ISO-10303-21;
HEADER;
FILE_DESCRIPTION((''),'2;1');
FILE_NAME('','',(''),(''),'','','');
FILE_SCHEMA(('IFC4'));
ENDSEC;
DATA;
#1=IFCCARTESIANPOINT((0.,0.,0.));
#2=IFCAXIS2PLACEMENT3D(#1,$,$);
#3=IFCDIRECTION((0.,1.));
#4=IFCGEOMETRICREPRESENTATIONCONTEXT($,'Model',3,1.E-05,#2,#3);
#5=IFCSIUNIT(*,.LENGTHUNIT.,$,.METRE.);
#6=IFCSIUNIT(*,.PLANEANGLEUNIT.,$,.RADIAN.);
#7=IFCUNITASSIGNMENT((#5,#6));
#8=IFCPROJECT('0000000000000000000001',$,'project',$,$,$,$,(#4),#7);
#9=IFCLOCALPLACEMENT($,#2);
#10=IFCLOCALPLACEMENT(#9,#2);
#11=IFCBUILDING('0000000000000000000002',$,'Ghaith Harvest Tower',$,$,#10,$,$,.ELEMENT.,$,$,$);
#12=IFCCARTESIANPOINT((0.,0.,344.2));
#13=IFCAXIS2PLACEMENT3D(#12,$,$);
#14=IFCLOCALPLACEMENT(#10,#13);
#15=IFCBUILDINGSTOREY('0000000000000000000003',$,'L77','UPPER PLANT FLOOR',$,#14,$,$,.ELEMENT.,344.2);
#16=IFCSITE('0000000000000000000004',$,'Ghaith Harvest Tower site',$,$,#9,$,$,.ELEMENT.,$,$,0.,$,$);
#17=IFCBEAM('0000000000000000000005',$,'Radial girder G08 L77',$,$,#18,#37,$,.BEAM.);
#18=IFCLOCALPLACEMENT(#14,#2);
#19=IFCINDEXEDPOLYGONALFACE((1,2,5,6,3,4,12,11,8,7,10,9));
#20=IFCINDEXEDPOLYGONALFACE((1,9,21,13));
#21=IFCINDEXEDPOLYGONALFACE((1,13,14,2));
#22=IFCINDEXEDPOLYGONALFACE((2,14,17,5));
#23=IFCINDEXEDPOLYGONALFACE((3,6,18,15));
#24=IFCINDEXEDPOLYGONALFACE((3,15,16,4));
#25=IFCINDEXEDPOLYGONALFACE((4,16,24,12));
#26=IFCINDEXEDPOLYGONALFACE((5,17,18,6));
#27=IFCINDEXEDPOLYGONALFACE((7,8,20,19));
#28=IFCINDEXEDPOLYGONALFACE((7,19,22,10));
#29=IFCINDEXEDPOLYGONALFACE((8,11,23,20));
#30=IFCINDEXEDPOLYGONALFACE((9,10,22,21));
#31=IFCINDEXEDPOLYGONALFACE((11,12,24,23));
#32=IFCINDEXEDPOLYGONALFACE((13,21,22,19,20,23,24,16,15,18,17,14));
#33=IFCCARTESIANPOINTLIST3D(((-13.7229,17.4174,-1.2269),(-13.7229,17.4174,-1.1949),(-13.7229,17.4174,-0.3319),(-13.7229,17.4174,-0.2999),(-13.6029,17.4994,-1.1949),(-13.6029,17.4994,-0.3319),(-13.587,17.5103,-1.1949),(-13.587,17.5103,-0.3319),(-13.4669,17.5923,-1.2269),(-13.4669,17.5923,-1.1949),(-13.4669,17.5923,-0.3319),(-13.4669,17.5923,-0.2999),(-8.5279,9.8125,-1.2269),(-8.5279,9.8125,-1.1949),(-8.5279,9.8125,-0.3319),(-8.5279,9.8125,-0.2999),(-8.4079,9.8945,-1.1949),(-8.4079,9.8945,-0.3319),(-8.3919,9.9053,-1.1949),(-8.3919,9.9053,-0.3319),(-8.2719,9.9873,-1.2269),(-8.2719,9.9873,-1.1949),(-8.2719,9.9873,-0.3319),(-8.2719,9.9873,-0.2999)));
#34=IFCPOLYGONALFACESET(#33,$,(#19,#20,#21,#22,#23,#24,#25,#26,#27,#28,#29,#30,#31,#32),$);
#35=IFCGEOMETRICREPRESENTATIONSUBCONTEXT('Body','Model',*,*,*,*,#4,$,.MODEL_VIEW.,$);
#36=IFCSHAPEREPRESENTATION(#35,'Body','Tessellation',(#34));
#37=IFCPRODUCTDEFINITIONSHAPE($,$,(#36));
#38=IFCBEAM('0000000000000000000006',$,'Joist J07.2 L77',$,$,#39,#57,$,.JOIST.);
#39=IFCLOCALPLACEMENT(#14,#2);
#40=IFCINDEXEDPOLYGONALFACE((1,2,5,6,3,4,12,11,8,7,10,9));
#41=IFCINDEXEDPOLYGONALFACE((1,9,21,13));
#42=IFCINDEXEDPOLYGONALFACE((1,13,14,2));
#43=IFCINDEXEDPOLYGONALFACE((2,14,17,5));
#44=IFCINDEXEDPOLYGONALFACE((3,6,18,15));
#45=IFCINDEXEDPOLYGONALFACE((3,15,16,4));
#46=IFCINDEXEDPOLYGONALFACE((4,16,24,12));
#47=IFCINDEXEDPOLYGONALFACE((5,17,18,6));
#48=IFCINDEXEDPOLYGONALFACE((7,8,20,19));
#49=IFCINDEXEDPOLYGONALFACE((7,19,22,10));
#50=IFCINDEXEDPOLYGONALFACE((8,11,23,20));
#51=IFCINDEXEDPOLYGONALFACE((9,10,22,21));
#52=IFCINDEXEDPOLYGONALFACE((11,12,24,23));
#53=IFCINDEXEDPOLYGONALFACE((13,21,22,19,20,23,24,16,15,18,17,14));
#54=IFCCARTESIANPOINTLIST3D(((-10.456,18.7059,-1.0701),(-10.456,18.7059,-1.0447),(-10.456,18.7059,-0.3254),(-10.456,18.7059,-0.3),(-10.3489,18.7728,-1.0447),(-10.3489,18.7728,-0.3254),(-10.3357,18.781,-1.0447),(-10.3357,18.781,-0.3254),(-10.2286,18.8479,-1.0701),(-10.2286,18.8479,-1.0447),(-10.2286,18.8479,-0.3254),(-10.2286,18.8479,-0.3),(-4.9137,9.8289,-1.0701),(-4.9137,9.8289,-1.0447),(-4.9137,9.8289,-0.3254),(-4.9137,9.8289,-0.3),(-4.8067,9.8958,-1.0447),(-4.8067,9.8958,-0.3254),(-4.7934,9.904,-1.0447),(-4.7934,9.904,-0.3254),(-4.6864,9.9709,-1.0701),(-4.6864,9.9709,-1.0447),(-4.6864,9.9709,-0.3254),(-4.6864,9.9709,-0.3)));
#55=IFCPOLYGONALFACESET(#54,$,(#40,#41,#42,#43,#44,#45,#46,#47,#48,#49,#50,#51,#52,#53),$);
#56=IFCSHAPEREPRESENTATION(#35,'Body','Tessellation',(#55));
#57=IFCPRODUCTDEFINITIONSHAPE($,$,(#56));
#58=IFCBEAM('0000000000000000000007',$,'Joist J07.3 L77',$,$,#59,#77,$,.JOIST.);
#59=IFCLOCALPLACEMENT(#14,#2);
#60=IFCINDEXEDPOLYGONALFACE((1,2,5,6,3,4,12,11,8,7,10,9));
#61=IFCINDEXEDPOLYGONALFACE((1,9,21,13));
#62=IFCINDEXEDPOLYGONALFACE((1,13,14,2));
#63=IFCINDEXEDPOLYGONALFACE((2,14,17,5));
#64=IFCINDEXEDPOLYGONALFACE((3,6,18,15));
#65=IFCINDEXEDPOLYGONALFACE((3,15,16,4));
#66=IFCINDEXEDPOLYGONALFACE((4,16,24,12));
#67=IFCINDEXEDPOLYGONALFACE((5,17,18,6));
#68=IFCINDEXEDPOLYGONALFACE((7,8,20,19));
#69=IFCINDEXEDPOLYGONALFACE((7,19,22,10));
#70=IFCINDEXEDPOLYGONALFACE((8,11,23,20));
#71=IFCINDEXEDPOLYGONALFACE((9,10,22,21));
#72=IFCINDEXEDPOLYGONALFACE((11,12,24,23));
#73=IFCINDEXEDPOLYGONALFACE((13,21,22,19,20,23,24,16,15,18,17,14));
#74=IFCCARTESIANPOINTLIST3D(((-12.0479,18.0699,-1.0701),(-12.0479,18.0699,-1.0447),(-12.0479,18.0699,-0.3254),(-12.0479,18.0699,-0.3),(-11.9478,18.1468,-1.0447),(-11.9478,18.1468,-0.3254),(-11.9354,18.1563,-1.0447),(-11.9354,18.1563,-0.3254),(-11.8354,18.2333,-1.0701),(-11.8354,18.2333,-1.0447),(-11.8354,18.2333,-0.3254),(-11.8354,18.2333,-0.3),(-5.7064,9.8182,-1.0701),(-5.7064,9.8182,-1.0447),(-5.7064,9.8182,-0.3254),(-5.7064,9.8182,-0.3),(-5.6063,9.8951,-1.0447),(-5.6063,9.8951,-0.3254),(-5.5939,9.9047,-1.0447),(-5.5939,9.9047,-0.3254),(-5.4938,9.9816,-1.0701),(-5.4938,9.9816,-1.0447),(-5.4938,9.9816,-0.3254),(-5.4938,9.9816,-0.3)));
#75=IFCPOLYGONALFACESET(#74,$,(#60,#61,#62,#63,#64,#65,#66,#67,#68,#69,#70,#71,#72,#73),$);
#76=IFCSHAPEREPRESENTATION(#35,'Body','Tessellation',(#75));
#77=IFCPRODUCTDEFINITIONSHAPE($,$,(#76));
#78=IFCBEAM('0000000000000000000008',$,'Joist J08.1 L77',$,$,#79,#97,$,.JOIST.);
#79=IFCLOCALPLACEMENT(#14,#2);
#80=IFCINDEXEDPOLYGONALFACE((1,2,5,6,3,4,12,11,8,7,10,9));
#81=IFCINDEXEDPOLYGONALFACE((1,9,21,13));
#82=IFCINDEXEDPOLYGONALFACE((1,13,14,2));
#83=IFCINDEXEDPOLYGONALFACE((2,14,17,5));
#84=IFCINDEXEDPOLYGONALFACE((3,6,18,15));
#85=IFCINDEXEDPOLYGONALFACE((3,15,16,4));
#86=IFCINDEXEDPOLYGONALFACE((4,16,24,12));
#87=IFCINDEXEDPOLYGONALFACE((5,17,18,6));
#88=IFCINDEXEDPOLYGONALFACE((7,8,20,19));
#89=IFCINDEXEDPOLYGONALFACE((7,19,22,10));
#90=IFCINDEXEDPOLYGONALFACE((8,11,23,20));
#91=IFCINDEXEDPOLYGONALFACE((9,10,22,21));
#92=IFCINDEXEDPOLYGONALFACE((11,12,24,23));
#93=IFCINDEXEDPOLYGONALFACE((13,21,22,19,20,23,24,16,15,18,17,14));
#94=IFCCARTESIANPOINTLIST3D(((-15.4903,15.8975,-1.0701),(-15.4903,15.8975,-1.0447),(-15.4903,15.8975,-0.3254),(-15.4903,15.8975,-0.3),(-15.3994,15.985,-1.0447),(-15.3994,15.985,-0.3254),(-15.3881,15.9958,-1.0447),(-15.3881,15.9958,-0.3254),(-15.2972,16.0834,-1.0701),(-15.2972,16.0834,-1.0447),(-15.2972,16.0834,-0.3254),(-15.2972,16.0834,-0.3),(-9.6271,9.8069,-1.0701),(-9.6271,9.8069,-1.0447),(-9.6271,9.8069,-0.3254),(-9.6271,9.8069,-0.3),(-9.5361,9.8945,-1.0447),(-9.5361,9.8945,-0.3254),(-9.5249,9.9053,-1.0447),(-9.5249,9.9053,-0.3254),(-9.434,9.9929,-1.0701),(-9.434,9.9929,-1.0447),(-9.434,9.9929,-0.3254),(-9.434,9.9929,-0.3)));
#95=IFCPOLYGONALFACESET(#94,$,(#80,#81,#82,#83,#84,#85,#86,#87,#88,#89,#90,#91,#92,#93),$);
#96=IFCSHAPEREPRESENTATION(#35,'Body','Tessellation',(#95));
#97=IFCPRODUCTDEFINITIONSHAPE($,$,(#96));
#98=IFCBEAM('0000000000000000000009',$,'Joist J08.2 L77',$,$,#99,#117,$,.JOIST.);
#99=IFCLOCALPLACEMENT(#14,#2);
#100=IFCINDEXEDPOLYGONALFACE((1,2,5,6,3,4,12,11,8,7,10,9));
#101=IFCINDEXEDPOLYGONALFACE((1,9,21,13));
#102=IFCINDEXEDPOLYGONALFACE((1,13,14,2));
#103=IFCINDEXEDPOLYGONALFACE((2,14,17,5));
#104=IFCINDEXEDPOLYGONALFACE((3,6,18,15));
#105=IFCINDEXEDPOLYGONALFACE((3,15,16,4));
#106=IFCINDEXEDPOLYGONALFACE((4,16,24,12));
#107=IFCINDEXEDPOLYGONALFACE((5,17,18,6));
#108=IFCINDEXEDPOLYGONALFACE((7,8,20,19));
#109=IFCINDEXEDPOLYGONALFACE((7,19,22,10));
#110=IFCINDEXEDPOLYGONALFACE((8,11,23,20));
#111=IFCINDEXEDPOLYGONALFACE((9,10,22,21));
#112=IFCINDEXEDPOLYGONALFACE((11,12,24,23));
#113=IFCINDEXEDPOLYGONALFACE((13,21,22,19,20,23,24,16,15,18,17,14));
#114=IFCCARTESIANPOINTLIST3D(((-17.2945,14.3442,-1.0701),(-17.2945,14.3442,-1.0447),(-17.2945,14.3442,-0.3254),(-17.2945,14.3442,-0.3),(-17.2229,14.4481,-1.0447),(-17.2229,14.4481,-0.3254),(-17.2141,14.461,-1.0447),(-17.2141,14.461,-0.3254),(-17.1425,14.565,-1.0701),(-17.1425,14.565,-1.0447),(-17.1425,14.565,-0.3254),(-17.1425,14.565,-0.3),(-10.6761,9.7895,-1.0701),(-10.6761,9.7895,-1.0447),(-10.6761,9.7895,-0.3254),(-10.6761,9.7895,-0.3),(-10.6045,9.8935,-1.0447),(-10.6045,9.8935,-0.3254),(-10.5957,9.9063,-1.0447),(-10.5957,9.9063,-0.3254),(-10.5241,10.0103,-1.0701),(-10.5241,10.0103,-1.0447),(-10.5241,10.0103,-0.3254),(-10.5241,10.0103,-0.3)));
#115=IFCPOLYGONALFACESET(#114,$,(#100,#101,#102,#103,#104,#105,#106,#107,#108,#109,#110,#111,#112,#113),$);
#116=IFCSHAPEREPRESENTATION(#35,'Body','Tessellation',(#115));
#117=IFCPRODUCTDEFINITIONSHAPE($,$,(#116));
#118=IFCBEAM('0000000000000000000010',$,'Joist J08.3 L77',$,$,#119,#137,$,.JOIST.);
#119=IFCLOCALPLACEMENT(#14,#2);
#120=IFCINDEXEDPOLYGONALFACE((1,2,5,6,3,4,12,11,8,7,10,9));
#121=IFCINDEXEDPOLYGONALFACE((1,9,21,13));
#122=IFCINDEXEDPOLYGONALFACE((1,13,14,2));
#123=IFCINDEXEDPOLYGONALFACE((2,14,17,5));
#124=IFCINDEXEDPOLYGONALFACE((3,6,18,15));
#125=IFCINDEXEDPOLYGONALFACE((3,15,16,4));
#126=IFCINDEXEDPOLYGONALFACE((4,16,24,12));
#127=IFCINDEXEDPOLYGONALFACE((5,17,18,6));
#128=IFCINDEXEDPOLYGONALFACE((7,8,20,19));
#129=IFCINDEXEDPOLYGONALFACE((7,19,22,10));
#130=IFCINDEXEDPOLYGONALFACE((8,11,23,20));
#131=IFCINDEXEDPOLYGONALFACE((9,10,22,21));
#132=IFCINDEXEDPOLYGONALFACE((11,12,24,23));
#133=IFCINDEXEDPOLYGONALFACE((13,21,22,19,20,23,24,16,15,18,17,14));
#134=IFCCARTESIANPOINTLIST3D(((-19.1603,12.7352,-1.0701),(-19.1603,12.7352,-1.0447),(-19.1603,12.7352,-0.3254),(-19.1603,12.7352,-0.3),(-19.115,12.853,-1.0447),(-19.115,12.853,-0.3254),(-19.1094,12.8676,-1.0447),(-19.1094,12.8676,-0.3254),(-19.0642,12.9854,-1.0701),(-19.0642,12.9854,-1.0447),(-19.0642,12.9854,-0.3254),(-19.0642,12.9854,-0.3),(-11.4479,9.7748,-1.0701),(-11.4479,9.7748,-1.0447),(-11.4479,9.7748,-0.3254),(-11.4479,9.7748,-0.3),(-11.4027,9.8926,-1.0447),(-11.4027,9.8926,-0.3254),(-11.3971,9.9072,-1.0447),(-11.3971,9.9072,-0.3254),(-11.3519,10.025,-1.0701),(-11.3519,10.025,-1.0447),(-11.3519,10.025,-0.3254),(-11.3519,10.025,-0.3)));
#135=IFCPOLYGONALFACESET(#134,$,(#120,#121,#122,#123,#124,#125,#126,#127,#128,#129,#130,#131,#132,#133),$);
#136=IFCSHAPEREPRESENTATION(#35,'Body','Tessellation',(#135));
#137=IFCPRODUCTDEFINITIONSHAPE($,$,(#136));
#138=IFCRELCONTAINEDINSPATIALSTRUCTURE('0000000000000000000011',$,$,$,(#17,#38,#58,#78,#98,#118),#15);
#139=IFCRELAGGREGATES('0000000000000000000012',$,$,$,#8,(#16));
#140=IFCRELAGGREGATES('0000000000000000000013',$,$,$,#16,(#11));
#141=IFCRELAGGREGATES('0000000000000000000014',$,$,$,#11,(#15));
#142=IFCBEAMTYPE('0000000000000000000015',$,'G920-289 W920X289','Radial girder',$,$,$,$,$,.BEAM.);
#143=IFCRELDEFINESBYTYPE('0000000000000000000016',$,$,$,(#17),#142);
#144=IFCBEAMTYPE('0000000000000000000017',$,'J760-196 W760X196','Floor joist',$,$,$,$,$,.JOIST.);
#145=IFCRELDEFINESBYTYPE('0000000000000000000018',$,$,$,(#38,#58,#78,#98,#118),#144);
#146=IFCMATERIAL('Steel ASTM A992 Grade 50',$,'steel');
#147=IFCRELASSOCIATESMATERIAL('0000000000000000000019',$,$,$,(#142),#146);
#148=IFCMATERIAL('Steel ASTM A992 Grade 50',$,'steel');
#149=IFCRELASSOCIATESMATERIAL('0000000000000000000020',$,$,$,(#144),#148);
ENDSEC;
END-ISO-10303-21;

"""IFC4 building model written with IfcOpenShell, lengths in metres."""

from ifc_helpers import new_model, si_unit, direction, frame, origin, origin_2d, place, context, subcontext, project, spatial, i_section, extrude, material, material_profile, profile_set, type_object, element, save


model = new_model("IFC4")

# Units and contexts
model_context = context("Model", 3, precision=1e-05, world=origin(), true_north=direction((0.0, 1.0)))
body_context = subcontext(model_context, "Body", "Model", "MODEL_VIEW")
ifc_project = project(units=[si_unit("LENGTHUNIT", "METRE"), si_unit("PLANEANGLEUNIT", "RADIAN")], contexts=[model_context])

# Site, building, storey
site_placement = place(None, origin())
site = spatial("IfcSite", under=ifc_project, at=site_placement, Name="Ghaith Harvest Tower site", CompositionType="ELEMENT", RefElevation=0.0)
building_placement = place(site_placement, origin())
building = spatial("IfcBuilding", under=site, at=building_placement, Name="Ghaith Harvest Tower", CompositionType="ELEMENT")
storey_placement = place(building_placement, frame((0.0, 0.0, 344.2)))
storey = spatial("IfcBuildingStorey", under=building, at=storey_placement, Name="L77", Description="UPPER PLANT FLOOR", CompositionType="ELEMENT", Elevation=344.2)

# Beams
ifc_material_1 = material(Name="Steel ASTM A992 Grade 50", Category="steel")
ifc_material_profile_1 = material_profile(ifc_material_1, i_section(OverallWidth=0.3101, OverallDepth=0.927, WebThickness=0.0193, FlangeThickness=0.032, at=origin_2d()), Name="W920X289")
ifc_profile_set_1 = profile_set([ifc_material_profile_1], Name="Steel ASTM A992 Grade 50")
beam_type_1 = type_object("IfcBeamType", Name="G920-289 W920X289", Description="Radial girder", PredefinedType="BEAM", material=ifc_profile_set_1)
beam_1_placement = place(storey_placement, frame((-8.3999, 9.8999, -0.7634), z_axis=(-0.564067, 0.825729, 0.0), x_axis=(-0.825729, -0.564067, 0.0)))
element("IfcBeam", 1, at=beam_1_placement, inside=storey, type_object=beam_type_1, Name="Radial girder G08 L77", PredefinedType="BEAM", context=body_context, shape_type="SweptSolid", body=[
    extrude(i_section(OverallWidth=0.3101, OverallDepth=0.927, WebThickness=0.0193, FlangeThickness=0.032, at=origin_2d()), origin(), (0.0, 0.0, 1.0), 9.21),
])
ifc_material_2 = material(Name="Steel ASTM A992 Grade 50", Category="steel")
ifc_material_profile_2 = material_profile(ifc_material_2, i_section(OverallWidth=0.2681, OverallDepth=0.77, WebThickness=0.0156, FlangeThickness=0.0254, at=origin_2d()), Name="W760X196")
ifc_profile_set_2 = profile_set([ifc_material_profile_2], Name="Steel ASTM A992 Grade 50")
beam_type_2 = type_object("IfcBeamType", Name="J760-196 W760X196", Description="Floor joist", PredefinedType="JOIST", material=ifc_profile_set_2)
beam_2_placement = place(storey_placement, frame((-4.8, 9.8999, -0.6851), z_axis=(-0.529596, 0.84825, 0.0), x_axis=(-0.84825, -0.529596, 0.0)))
element("IfcBeam", 2, at=beam_2_placement, inside=storey, type_object=beam_type_2, Name="Joist J07.2 L77", PredefinedType="JOIST", context=body_context, shape_type="SweptSolid", body=[
    extrude(i_section(OverallWidth=0.2681, OverallDepth=0.77, WebThickness=0.0156, FlangeThickness=0.0254, at=origin_2d()), origin(), (0.0, 0.0, 1.0), 10.4651),
])
beam_3_placement = place(storey_placement, frame((-5.6001, 9.8999, -0.6851), z_axis=(-0.609354, 0.792899, 0.0), x_axis=(-0.792899, -0.609354, 0.0)))
element("IfcBeam", 3, at=beam_3_placement, inside=storey, type_object=beam_type_2, Name="Joist J07.3 L77", PredefinedType="JOIST", context=body_context, shape_type="SweptSolid", body=[
    extrude(i_section(OverallWidth=0.2681, OverallDepth=0.77, WebThickness=0.0156, FlangeThickness=0.0254, at=origin_2d()), origin(), (0.0, 0.0, 1.0), 10.407),
])
beam_4_placement = place(storey_placement, frame((-9.5305, 9.8999, -0.6851), z_axis=(-0.693536, 0.720422, 0.0), x_axis=(-0.720422, -0.693536, 0.0)))
element("IfcBeam", 4, at=beam_4_placement, inside=storey, type_object=beam_type_2, Name="Joist J08.1 L77", PredefinedType="JOIST", context=body_context, shape_type="SweptSolid", body=[
    extrude(i_section(OverallWidth=0.2681, OverallDepth=0.77, WebThickness=0.0156, FlangeThickness=0.0254, at=origin_2d()), origin(), (0.0, 0.0, 1.0), 8.4541),
])
beam_5_placement = place(storey_placement, frame((-10.6001, 9.8999, -0.6851), z_axis=(-0.823779, 0.566912, 0.0), x_axis=(-0.566912, -0.823779, 0.0)))
element("IfcBeam", 5, at=beam_5_placement, inside=storey, type_object=beam_type_2, Name="Joist J08.2 L77", PredefinedType="JOIST", context=body_context, shape_type="SweptSolid", body=[
    extrude(i_section(OverallWidth=0.2681, OverallDepth=0.77, WebThickness=0.0156, FlangeThickness=0.0254, at=origin_2d()), origin(), (0.0, 0.0, 1.0), 8.0342),
])
beam_6_placement = place(storey_placement, frame((-11.3999, 9.8999, -0.6851), z_axis=(-0.933583, 0.358361, 0.0), x_axis=(-0.358361, -0.933583, 0.0)))
element("IfcBeam", 6, at=beam_6_placement, inside=storey, type_object=beam_type_2, Name="Joist J08.3 L77", PredefinedType="JOIST", context=body_context, shape_type="SweptSolid", body=[
    extrude(i_section(OverallWidth=0.2681, OverallDepth=0.77, WebThickness=0.0156, FlangeThickness=0.0254, at=origin_2d()), origin(), (0.0, 0.0, 1.0), 8.261),
])

save(model, "model.ifc")
